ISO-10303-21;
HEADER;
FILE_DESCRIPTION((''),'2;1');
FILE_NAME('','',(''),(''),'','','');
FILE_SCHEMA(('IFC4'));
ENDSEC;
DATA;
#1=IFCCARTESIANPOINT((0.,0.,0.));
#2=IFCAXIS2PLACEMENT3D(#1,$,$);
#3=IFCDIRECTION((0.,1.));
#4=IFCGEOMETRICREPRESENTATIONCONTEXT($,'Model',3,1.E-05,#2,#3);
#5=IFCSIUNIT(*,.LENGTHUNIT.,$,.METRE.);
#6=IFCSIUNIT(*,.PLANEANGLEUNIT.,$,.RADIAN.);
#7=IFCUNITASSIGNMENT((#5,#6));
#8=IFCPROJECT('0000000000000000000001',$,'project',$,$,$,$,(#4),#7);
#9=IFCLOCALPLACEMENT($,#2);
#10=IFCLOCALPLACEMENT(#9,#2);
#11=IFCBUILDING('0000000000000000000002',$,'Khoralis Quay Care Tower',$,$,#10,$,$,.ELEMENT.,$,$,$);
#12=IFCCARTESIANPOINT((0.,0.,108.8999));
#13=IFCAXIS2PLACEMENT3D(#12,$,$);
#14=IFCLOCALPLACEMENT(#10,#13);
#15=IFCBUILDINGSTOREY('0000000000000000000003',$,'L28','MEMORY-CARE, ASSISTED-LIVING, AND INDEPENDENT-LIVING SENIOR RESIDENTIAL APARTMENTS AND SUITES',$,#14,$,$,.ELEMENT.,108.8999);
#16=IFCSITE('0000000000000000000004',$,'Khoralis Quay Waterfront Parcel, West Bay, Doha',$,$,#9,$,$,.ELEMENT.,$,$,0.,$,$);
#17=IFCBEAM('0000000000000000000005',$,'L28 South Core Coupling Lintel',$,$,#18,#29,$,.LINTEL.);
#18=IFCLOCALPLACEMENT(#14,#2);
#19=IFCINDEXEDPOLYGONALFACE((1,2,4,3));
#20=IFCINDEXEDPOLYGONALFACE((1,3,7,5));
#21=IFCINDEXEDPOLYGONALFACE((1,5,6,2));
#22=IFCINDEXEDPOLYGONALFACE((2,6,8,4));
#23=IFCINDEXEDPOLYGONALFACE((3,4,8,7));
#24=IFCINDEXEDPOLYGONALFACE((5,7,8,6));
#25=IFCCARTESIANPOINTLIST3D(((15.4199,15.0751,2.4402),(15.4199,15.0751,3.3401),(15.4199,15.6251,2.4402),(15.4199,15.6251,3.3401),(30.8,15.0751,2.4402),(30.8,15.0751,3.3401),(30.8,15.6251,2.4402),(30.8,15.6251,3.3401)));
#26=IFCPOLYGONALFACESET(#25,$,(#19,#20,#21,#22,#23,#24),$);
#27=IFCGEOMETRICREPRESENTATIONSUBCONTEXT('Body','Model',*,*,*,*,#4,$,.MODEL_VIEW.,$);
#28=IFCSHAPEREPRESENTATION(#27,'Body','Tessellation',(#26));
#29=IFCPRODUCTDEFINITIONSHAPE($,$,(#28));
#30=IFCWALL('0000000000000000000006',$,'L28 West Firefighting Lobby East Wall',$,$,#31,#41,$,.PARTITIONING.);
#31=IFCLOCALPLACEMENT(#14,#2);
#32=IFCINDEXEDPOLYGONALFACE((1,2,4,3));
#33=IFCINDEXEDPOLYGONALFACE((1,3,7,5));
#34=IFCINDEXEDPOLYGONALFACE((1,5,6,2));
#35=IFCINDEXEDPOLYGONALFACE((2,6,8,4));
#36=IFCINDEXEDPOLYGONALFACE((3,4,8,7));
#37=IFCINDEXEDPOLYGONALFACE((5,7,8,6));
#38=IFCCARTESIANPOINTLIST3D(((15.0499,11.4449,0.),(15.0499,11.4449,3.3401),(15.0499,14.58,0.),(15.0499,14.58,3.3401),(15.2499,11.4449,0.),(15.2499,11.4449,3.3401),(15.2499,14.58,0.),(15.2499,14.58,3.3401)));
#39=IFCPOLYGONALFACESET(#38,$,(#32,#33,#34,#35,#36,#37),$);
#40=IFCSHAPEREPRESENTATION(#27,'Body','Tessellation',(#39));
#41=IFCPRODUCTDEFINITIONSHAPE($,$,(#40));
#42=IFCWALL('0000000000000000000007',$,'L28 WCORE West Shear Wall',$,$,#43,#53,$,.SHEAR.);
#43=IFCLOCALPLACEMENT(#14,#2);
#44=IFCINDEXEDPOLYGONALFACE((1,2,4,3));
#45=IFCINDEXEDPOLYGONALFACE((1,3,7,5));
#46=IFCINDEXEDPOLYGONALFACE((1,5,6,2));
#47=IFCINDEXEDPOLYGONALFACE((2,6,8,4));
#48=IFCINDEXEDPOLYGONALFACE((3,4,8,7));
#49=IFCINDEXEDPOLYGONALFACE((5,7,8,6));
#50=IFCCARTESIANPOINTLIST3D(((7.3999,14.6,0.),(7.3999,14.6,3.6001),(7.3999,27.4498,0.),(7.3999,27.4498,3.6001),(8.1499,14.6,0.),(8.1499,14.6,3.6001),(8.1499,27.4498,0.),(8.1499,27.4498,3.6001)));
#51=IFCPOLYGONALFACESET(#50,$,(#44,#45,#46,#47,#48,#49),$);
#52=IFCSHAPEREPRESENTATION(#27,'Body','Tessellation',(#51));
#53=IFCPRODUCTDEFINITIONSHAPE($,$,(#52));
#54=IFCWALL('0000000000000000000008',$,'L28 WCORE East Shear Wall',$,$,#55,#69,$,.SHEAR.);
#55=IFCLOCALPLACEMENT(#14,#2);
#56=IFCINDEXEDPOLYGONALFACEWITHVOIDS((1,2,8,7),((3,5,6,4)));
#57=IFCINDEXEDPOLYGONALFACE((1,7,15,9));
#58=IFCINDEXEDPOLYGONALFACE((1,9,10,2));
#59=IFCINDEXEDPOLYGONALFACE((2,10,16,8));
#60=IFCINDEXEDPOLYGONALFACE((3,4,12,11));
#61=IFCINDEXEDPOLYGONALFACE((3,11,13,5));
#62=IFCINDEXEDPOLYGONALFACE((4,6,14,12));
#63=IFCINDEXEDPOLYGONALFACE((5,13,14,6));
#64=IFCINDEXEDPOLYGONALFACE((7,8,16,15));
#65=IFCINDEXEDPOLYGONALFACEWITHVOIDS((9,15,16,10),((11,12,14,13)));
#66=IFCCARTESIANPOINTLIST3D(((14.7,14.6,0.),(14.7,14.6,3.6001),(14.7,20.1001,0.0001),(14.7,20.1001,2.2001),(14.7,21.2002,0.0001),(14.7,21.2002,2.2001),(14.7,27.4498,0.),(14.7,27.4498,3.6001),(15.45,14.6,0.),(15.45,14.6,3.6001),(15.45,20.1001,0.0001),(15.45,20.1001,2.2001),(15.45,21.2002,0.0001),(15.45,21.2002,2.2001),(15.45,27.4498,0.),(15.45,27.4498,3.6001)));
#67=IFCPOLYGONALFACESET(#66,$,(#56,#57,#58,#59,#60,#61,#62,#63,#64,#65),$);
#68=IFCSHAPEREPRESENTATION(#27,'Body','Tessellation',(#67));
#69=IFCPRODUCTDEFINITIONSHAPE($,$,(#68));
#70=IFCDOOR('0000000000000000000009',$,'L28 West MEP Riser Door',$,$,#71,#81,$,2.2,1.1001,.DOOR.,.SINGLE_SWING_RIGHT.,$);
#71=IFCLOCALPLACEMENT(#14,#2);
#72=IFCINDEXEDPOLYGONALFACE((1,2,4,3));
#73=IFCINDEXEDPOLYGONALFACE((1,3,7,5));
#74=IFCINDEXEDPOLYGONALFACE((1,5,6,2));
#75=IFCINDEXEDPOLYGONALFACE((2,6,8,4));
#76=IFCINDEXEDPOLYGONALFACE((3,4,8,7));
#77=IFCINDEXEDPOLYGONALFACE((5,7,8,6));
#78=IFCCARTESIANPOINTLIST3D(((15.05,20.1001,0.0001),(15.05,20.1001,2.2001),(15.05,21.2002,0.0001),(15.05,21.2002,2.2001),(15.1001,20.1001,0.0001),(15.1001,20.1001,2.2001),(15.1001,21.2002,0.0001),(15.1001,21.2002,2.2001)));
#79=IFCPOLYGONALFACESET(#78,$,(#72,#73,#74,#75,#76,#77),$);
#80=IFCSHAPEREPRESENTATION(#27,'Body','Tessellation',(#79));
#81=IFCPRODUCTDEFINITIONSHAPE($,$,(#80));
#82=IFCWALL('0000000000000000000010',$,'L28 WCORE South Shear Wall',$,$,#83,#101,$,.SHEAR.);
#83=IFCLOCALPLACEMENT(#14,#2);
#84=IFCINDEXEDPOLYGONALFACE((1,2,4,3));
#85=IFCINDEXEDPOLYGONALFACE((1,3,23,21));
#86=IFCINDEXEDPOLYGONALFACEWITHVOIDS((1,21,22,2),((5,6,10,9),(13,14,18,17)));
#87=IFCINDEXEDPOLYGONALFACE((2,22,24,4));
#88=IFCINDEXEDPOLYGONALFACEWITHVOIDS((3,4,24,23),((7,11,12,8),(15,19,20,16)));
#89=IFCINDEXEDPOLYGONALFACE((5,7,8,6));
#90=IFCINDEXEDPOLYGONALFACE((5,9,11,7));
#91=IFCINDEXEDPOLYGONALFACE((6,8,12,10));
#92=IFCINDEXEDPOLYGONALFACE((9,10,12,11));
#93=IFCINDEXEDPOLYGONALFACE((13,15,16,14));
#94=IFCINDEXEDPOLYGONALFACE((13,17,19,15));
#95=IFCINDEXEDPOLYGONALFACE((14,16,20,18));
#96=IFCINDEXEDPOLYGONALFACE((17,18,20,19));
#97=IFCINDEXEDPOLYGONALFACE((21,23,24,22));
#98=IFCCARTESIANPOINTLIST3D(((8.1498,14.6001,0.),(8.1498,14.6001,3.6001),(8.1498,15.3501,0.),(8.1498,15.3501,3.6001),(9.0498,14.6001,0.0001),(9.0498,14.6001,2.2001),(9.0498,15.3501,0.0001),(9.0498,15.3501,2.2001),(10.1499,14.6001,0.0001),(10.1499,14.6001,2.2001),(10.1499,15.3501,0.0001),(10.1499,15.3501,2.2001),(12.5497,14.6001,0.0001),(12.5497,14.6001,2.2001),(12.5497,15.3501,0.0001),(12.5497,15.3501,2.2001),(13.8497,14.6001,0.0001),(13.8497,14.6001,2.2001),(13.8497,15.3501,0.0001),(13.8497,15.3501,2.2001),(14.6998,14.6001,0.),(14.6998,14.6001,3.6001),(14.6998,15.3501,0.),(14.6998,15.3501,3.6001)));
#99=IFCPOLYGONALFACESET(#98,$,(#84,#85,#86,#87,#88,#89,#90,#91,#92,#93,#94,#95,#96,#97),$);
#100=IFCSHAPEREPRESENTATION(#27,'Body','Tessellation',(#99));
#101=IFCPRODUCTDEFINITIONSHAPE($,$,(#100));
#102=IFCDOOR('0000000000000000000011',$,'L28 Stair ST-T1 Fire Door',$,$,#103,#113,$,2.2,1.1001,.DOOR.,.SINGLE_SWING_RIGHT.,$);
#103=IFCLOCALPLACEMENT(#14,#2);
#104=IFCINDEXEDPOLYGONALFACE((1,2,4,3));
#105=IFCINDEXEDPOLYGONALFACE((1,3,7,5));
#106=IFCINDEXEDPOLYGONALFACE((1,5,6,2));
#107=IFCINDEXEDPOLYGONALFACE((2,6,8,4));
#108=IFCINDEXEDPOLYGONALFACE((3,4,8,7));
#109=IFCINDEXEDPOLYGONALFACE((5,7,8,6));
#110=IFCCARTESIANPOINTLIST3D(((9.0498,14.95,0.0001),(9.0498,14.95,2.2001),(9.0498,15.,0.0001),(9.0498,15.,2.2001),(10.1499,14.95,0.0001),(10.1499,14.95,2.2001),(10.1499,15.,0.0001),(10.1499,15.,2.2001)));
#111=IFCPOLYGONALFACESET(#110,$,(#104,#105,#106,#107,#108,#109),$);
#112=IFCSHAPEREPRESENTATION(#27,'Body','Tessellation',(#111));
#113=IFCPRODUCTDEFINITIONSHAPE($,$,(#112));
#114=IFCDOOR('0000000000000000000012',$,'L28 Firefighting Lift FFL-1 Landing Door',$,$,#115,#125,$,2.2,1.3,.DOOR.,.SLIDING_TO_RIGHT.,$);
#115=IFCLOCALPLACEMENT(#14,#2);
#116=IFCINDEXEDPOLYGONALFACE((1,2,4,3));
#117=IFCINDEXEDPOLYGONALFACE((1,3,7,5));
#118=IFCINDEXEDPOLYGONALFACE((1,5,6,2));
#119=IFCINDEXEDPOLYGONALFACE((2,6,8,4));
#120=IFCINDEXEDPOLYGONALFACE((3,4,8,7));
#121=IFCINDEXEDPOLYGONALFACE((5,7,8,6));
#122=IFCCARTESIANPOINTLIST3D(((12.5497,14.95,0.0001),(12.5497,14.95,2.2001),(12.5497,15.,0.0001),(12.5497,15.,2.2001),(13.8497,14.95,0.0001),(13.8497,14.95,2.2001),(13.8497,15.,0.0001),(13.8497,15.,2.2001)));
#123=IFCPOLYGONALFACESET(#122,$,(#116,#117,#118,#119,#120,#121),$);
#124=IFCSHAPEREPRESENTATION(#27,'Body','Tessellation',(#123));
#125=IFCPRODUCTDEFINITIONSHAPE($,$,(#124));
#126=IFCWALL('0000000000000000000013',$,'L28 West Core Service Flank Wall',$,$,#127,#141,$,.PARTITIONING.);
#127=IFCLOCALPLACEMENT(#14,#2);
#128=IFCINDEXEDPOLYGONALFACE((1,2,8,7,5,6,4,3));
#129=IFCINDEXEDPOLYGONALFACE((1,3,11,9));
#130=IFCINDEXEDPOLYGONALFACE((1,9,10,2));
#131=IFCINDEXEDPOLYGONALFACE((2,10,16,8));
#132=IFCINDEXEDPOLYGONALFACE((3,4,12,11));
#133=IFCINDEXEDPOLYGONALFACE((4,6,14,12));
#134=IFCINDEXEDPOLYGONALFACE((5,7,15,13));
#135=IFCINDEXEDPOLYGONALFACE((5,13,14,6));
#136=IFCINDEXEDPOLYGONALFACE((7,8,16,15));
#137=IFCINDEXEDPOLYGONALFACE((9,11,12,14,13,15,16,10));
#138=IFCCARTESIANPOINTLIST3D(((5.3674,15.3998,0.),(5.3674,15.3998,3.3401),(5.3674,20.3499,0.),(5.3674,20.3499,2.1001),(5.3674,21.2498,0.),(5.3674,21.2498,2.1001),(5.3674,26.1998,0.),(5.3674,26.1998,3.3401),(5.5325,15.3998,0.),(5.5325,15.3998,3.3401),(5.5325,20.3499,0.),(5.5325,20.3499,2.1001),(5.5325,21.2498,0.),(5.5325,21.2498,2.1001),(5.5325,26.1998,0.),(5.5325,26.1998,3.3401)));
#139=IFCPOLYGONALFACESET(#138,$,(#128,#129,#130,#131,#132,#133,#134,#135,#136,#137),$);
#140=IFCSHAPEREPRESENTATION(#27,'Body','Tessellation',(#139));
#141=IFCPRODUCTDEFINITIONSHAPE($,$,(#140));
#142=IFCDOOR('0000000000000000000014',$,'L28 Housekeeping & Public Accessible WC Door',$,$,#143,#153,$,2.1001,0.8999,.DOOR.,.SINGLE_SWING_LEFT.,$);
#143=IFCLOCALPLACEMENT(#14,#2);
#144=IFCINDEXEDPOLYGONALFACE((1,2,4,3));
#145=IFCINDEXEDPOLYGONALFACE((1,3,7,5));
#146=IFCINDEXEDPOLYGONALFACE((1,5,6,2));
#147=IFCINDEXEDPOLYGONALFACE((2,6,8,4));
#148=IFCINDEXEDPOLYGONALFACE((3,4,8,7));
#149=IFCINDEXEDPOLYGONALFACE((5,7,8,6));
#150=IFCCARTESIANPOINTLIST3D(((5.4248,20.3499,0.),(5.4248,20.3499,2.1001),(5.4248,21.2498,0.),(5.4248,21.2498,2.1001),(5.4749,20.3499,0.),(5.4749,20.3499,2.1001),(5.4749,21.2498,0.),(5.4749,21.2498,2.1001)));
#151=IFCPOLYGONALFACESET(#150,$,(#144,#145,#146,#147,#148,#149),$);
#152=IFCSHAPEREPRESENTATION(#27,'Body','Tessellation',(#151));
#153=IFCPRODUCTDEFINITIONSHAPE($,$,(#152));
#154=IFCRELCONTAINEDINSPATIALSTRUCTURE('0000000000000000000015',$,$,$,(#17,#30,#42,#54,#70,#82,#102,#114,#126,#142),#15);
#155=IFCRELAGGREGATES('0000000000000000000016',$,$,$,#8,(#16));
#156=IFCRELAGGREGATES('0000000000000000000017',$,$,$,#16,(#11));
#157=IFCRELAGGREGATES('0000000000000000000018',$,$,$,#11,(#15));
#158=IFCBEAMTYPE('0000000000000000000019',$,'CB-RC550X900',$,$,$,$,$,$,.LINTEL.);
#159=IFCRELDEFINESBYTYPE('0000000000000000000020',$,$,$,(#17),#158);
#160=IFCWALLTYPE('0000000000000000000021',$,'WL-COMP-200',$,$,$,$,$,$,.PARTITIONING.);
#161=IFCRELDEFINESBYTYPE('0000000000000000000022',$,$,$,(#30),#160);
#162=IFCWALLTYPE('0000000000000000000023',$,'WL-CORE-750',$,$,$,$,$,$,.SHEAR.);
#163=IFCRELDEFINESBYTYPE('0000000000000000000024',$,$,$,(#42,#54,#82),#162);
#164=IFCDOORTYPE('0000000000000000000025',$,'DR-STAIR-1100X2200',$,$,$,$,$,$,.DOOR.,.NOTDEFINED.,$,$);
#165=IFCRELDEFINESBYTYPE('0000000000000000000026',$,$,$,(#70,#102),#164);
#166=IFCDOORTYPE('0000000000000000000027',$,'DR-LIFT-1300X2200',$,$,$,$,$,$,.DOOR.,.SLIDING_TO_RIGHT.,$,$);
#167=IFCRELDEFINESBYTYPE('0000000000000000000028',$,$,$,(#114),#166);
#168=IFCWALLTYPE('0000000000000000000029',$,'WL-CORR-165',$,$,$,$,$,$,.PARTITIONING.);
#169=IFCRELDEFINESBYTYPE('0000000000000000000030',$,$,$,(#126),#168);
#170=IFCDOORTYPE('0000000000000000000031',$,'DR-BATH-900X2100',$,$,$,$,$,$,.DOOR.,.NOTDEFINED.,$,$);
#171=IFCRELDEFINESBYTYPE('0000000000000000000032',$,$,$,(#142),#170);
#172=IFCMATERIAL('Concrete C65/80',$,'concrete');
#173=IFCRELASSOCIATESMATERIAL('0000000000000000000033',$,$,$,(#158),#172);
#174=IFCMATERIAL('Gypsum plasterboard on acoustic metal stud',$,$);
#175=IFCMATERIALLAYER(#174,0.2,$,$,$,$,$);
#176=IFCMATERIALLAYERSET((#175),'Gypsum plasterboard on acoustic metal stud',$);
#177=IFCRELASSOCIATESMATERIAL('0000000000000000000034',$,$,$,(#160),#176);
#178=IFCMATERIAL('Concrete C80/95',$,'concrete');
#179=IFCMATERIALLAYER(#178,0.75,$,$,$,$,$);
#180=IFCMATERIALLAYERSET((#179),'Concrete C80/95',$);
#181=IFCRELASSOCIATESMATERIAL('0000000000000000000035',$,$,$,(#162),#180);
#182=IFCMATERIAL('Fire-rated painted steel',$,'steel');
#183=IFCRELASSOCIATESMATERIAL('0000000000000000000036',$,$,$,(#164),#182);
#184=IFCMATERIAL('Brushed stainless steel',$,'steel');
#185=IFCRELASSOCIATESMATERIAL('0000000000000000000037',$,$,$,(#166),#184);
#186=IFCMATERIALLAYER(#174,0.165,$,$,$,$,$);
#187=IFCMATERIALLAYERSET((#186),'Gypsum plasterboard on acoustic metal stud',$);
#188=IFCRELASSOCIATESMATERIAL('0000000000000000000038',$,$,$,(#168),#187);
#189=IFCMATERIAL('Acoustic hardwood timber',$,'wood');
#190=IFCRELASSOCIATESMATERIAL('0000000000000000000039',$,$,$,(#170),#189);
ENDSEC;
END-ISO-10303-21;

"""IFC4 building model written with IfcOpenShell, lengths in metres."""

from ifc_helpers import new_model, si_unit, direction, frame, frame_2d, origin, origin_2d, place, context, subcontext, project, spatial, rectangle, extrude, source, transform, mapped, material, layer, layer_set, material_profile, profile_set, type_object, element, fill, save


model = new_model("IFC4")

# Units and contexts
model_context = context("Model", 3, precision=1e-05, world=origin(), true_north=direction((0.0, 1.0)))
body_context = subcontext(model_context, "Body", "Model", "MODEL_VIEW")
ifc_project = project(units=[si_unit("LENGTHUNIT", "METRE"), si_unit("PLANEANGLEUNIT", "RADIAN")], contexts=[model_context])

# Site, building, storey
site_placement = place(None, origin())
site = spatial("IfcSite", under=ifc_project, at=site_placement, Name="Khoralis Quay Waterfront Parcel, West Bay, Doha", CompositionType="ELEMENT", RefElevation=0.0)
building_placement = place(site_placement, origin())
building = spatial("IfcBuilding", under=site, at=building_placement, Name="Khoralis Quay Care Tower", CompositionType="ELEMENT")
storey_placement = place(building_placement, frame((0.0, 0.0, 108.8999)))
storey = spatial("IfcBuildingStorey", under=building, at=storey_placement, Name="L28", Description="MEMORY-CARE, ASSISTED-LIVING, AND INDEPENDENT-LIVING SENIOR RESIDENTIAL APARTMENTS AND SUITES", CompositionType="ELEMENT", Elevation=108.8999)

# Beam
ifc_material_1 = material(Name="Concrete C65/80", Category="concrete")
ifc_material_profile = material_profile(ifc_material_1, rectangle(XDim=0.55, YDim=0.8999, at=origin_2d()), Name="Concrete C65/80")
ifc_profile_set = profile_set([ifc_material_profile], Name="Concrete C65/80")
beam_type = type_object("IfcBeamType", Name="CB-RC550X900", PredefinedType="LINTEL", material=ifc_profile_set)
shared_shape_1 = source(origin(), body_context, "Body", "SweptSolid", [
    extrude(rectangle(XDim=0.55, YDim=0.8999, at=origin_2d()), origin(), (0.0, 0.0, 1.0), 15.3801),
])
beam_placement = place(storey_placement, frame((15.4199, 15.3501, 2.8901), z_axis=(1.0, 0.0, 0.0), x_axis=(0.0, 1.0, 0.0)))
element("IfcBeam", 1, at=beam_placement, inside=storey, type_object=beam_type, Name="L28 South Core Coupling Lintel", PredefinedType="LINTEL", context=body_context, shape_type="MappedRepresentation", body=[
    mapped(shared_shape_1, transform((0.0, 0.0, 0.0), scale=1.0)),
])

# Walls
ifc_material_2 = material(Name="Gypsum plasterboard on acoustic metal stud")
ifc_layer_1 = layer(ifc_material_2, 0.2)
ifc_layer_set_1 = layer_set([ifc_layer_1], Name="Gypsum plasterboard on acoustic metal stud")
wall_type_1 = type_object("IfcWallType", Name="WL-COMP-200", PredefinedType="PARTITIONING", material=ifc_layer_set_1)
wall_1_placement = place(storey_placement, frame((15.1499, 11.4451, 0.0), z_axis=(0.0, 0.0, 1.0), x_axis=(0.0, 1.0, 0.0)))
element("IfcWall", 2, at=wall_1_placement, inside=storey, type_object=wall_type_1, Name="L28 West Firefighting Lobby East Wall", PredefinedType="PARTITIONING", context=body_context, shape_type="SweptSolid", body=[
    extrude(rectangle(XDim=3.135, YDim=0.2, at=frame_2d((1.5674, 0.0))), origin(), (0.0, 0.0, 1.0), 3.3401),
])
ifc_material_3 = material(Name="Concrete C80/95", Category="concrete")
ifc_layer_2 = layer(ifc_material_3, 0.75)
ifc_layer_set_2 = layer_set([ifc_layer_2], Name="Concrete C80/95")
wall_type_2 = type_object("IfcWallType", Name="WL-CORE-750", PredefinedType="SHEAR", material=ifc_layer_set_2)
wall_2_placement = place(storey_placement, frame((7.7749, 14.6001, 0.0), z_axis=(0.0, 0.0, 1.0), x_axis=(0.0, 1.0, 0.0)))
element("IfcWall", 3, at=wall_2_placement, inside=storey, type_object=wall_type_2, Name="L28 WCORE West Shear Wall", PredefinedType="SHEAR", context=body_context, shape_type="SweptSolid", body=[
    extrude(rectangle(XDim=12.8499, YDim=0.75, at=frame_2d((6.4248, 0.0))), origin(), (0.0, 0.0, 1.0), 3.6001),
])

# Wall, opening, door
wall_3_placement = place(storey_placement, frame((15.075, 14.6001, 0.0), z_axis=(0.0, 0.0, 1.0), x_axis=(0.0, 1.0, 0.0)))
wall_3 = element("IfcWall", 4, at=wall_3_placement, inside=storey, type_object=wall_type_2, Name="L28 WCORE East Shear Wall", PredefinedType="SHEAR", context=body_context, shape_type="SweptSolid", body=[
    extrude(rectangle(XDim=12.8499, YDim=0.75, at=frame_2d((6.4248, 0.0))), origin(), (0.0, 0.0, 1.0), 3.6001),
])
opening_1_placement = place(wall_3_placement, frame((5.5, 0.0, 0.0)))
opening_1 = element("IfcOpeningElement", 5, at=opening_1_placement, cuts=wall_3, PredefinedType="OPENING", context=body_context, shape_type="SweptSolid", body=[
    extrude(rectangle(XDim=1.1001, YDim=2.2, at=frame_2d((0.55, 1.1001))), frame((0.0, 0.385, 0.0), z_axis=(0.0, -1.0, 0.0), x_axis=(1.0, 0.0, 0.0)), (0.0, 0.0, 1.0), 0.77),
])
ifc_material_4 = material(Name="Fire-rated painted steel", Category="steel")
door_type_1 = type_object("IfcDoorType", Name="DR-STAIR-1100X2200", OperationType="NOTDEFINED", PredefinedType="DOOR", material=ifc_material_4)
shared_shape_2 = source(origin(), body_context, "Body", "SweptSolid", [
    extrude(rectangle(XDim=1.1001, YDim=2.2, at=frame_2d((0.55, 1.1001))), frame((0.0, 0.0249, 0.0), z_axis=(0.0, -1.0, 0.0), x_axis=(1.0, 0.0, 0.0)), (0.0, 0.0, 1.0), 0.05),
])
door_1_placement = place(opening_1_placement, origin())
door_1 = element("IfcDoor", 6, at=door_1_placement, inside=storey, type_object=door_type_1, Name="L28 West MEP Riser Door", OperationType="SINGLE_SWING_RIGHT", OverallHeight=2.2, OverallWidth=1.1001, PredefinedType="DOOR", context=body_context, shape_type="MappedRepresentation", body=[
    mapped(shared_shape_2, transform((0.0, 0.0, 0.0), scale=1.0)),
])
fill(opening_1, door_1)

# Wall, openings, doors
wall_4_placement = place(storey_placement, frame((8.1499, 14.9751, 0.0), z_axis=(0.0, 0.0, 1.0), x_axis=(1.0, 0.0, 0.0)))
wall_4 = element("IfcWall", 7, at=wall_4_placement, inside=storey, type_object=wall_type_2, Name="L28 WCORE South Shear Wall", PredefinedType="SHEAR", context=body_context, shape_type="SweptSolid", body=[
    extrude(rectangle(XDim=6.55, YDim=0.75, at=frame_2d((3.2749, 0.0))), origin(), (0.0, 0.0, 1.0), 3.6001),
])
opening_2_placement = place(wall_4_placement, frame((0.8999, 0.0, 0.0)))
opening_2 = element("IfcOpeningElement", 8, at=opening_2_placement, cuts=wall_4, PredefinedType="OPENING", context=body_context, shape_type="SweptSolid", body=[
    extrude(rectangle(XDim=1.1001, YDim=2.2, at=frame_2d((0.55, 1.1001))), frame((0.0, 0.385, 0.0), z_axis=(0.0, -1.0, 0.0), x_axis=(1.0, 0.0, 0.0)), (0.0, 0.0, 1.0), 0.77),
])
opening_3_placement = place(wall_4_placement, frame((4.3999, 0.0, 0.0)))
opening_3 = element("IfcOpeningElement", 9, at=opening_3_placement, cuts=wall_4, PredefinedType="OPENING", context=body_context, shape_type="SweptSolid", body=[
    extrude(rectangle(XDim=1.3, YDim=2.2, at=frame_2d((0.6499, 1.1001))), frame((0.0, 0.385, 0.0), z_axis=(0.0, -1.0, 0.0), x_axis=(1.0, 0.0, 0.0)), (0.0, 0.0, 1.0), 0.77),
])
door_2_placement = place(opening_2_placement, origin())
door_2 = element("IfcDoor", 10, at=door_2_placement, inside=storey, type_object=door_type_1, Name="L28 Stair ST-T1 Fire Door", OperationType="SINGLE_SWING_RIGHT", OverallHeight=2.2, OverallWidth=1.1001, PredefinedType="DOOR", context=body_context, shape_type="MappedRepresentation", body=[
    mapped(shared_shape_2, transform((0.0, 0.0, 0.0), scale=1.0)),
])
fill(opening_2, door_2)
ifc_material_5 = material(Name="Brushed stainless steel", Category="steel")
door_type_2 = type_object("IfcDoorType", Name="DR-LIFT-1300X2200", OperationType="SLIDING_TO_RIGHT", PredefinedType="DOOR", material=ifc_material_5)
shared_shape_3 = source(origin(), body_context, "Body", "SweptSolid", [
    extrude(rectangle(XDim=1.3, YDim=2.2, at=frame_2d((0.6499, 1.1001))), frame((0.0, 0.0249, 0.0), z_axis=(0.0, -1.0, 0.0), x_axis=(1.0, 0.0, 0.0)), (0.0, 0.0, 1.0), 0.05),
])
door_3_placement = place(opening_3_placement, origin())
door_3 = element("IfcDoor", 11, at=door_3_placement, inside=storey, type_object=door_type_2, Name="L28 Firefighting Lift FFL-1 Landing Door", OperationType="SLIDING_TO_RIGHT", OverallHeight=2.2, OverallWidth=1.3, PredefinedType="DOOR", context=body_context, shape_type="MappedRepresentation", body=[
    mapped(shared_shape_3, transform((0.0, 0.0, 0.0), scale=1.0)),
])
fill(opening_3, door_3)

# Wall, opening, door
ifc_layer_3 = layer(ifc_material_2, 0.165)
ifc_layer_set_3 = layer_set([ifc_layer_3], Name="Gypsum plasterboard on acoustic metal stud")
wall_type_3 = type_object("IfcWallType", Name="WL-CORR-165", PredefinedType="PARTITIONING", material=ifc_layer_set_3)
wall_5_placement = place(storey_placement, frame((5.45, 15.3999, 0.0), z_axis=(0.0, 0.0, 1.0), x_axis=(0.0, 1.0, 0.0)))
wall_5 = element("IfcWall", 12, at=wall_5_placement, inside=storey, type_object=wall_type_3, Name="L28 West Core Service Flank Wall", PredefinedType="PARTITIONING", context=body_context, shape_type="SweptSolid", body=[
    extrude(rectangle(XDim=10.8, YDim=0.165, at=frame_2d((5.3999, 0.0))), origin(), (0.0, 0.0, 1.0), 3.3401),
])
opening_4_placement = place(wall_5_placement, frame((4.95, 0.0, 0.0)))
opening_4 = element("IfcOpeningElement", 13, at=opening_4_placement, cuts=wall_5, PredefinedType="OPENING", context=body_context, shape_type="SweptSolid", body=[
    extrude(rectangle(XDim=0.8999, YDim=2.1001, at=frame_2d((0.45, 1.05))), frame((0.0, 0.0925, 0.0), z_axis=(0.0, -1.0, 0.0), x_axis=(1.0, 0.0, 0.0)), (0.0, 0.0, 1.0), 0.1851),
])
ifc_material_6 = material(Name="Acoustic hardwood timber", Category="wood")
door_type_3 = type_object("IfcDoorType", Name="DR-BATH-900X2100", OperationType="NOTDEFINED", PredefinedType="DOOR", material=ifc_material_6)
shared_shape_4 = source(origin(), body_context, "Body", "SweptSolid", [
    extrude(rectangle(XDim=0.8999, YDim=2.1001, at=frame_2d((0.45, 1.05))), frame((0.0, 0.0249, 0.0), z_axis=(0.0, -1.0, 0.0), x_axis=(1.0, 0.0, 0.0)), (0.0, 0.0, 1.0), 0.05),
])
door_4_placement = place(opening_4_placement, frame((0.8999, 0.0, 0.0), z_axis=(0.0, 0.0, 1.0), x_axis=(-1.0, 0.0, 0.0)))
door_4 = element("IfcDoor", 14, at=door_4_placement, inside=storey, type_object=door_type_3, Name="L28 Housekeeping & Public Accessible WC Door", OperationType="SINGLE_SWING_LEFT", OverallHeight=2.1001, OverallWidth=0.8999, PredefinedType="DOOR", context=body_context, shape_type="MappedRepresentation", body=[
    mapped(shared_shape_4, transform((0.0, 0.0, 0.0), scale=1.0)),
])
fill(opening_4, door_4)

save(model, "model.ifc")
